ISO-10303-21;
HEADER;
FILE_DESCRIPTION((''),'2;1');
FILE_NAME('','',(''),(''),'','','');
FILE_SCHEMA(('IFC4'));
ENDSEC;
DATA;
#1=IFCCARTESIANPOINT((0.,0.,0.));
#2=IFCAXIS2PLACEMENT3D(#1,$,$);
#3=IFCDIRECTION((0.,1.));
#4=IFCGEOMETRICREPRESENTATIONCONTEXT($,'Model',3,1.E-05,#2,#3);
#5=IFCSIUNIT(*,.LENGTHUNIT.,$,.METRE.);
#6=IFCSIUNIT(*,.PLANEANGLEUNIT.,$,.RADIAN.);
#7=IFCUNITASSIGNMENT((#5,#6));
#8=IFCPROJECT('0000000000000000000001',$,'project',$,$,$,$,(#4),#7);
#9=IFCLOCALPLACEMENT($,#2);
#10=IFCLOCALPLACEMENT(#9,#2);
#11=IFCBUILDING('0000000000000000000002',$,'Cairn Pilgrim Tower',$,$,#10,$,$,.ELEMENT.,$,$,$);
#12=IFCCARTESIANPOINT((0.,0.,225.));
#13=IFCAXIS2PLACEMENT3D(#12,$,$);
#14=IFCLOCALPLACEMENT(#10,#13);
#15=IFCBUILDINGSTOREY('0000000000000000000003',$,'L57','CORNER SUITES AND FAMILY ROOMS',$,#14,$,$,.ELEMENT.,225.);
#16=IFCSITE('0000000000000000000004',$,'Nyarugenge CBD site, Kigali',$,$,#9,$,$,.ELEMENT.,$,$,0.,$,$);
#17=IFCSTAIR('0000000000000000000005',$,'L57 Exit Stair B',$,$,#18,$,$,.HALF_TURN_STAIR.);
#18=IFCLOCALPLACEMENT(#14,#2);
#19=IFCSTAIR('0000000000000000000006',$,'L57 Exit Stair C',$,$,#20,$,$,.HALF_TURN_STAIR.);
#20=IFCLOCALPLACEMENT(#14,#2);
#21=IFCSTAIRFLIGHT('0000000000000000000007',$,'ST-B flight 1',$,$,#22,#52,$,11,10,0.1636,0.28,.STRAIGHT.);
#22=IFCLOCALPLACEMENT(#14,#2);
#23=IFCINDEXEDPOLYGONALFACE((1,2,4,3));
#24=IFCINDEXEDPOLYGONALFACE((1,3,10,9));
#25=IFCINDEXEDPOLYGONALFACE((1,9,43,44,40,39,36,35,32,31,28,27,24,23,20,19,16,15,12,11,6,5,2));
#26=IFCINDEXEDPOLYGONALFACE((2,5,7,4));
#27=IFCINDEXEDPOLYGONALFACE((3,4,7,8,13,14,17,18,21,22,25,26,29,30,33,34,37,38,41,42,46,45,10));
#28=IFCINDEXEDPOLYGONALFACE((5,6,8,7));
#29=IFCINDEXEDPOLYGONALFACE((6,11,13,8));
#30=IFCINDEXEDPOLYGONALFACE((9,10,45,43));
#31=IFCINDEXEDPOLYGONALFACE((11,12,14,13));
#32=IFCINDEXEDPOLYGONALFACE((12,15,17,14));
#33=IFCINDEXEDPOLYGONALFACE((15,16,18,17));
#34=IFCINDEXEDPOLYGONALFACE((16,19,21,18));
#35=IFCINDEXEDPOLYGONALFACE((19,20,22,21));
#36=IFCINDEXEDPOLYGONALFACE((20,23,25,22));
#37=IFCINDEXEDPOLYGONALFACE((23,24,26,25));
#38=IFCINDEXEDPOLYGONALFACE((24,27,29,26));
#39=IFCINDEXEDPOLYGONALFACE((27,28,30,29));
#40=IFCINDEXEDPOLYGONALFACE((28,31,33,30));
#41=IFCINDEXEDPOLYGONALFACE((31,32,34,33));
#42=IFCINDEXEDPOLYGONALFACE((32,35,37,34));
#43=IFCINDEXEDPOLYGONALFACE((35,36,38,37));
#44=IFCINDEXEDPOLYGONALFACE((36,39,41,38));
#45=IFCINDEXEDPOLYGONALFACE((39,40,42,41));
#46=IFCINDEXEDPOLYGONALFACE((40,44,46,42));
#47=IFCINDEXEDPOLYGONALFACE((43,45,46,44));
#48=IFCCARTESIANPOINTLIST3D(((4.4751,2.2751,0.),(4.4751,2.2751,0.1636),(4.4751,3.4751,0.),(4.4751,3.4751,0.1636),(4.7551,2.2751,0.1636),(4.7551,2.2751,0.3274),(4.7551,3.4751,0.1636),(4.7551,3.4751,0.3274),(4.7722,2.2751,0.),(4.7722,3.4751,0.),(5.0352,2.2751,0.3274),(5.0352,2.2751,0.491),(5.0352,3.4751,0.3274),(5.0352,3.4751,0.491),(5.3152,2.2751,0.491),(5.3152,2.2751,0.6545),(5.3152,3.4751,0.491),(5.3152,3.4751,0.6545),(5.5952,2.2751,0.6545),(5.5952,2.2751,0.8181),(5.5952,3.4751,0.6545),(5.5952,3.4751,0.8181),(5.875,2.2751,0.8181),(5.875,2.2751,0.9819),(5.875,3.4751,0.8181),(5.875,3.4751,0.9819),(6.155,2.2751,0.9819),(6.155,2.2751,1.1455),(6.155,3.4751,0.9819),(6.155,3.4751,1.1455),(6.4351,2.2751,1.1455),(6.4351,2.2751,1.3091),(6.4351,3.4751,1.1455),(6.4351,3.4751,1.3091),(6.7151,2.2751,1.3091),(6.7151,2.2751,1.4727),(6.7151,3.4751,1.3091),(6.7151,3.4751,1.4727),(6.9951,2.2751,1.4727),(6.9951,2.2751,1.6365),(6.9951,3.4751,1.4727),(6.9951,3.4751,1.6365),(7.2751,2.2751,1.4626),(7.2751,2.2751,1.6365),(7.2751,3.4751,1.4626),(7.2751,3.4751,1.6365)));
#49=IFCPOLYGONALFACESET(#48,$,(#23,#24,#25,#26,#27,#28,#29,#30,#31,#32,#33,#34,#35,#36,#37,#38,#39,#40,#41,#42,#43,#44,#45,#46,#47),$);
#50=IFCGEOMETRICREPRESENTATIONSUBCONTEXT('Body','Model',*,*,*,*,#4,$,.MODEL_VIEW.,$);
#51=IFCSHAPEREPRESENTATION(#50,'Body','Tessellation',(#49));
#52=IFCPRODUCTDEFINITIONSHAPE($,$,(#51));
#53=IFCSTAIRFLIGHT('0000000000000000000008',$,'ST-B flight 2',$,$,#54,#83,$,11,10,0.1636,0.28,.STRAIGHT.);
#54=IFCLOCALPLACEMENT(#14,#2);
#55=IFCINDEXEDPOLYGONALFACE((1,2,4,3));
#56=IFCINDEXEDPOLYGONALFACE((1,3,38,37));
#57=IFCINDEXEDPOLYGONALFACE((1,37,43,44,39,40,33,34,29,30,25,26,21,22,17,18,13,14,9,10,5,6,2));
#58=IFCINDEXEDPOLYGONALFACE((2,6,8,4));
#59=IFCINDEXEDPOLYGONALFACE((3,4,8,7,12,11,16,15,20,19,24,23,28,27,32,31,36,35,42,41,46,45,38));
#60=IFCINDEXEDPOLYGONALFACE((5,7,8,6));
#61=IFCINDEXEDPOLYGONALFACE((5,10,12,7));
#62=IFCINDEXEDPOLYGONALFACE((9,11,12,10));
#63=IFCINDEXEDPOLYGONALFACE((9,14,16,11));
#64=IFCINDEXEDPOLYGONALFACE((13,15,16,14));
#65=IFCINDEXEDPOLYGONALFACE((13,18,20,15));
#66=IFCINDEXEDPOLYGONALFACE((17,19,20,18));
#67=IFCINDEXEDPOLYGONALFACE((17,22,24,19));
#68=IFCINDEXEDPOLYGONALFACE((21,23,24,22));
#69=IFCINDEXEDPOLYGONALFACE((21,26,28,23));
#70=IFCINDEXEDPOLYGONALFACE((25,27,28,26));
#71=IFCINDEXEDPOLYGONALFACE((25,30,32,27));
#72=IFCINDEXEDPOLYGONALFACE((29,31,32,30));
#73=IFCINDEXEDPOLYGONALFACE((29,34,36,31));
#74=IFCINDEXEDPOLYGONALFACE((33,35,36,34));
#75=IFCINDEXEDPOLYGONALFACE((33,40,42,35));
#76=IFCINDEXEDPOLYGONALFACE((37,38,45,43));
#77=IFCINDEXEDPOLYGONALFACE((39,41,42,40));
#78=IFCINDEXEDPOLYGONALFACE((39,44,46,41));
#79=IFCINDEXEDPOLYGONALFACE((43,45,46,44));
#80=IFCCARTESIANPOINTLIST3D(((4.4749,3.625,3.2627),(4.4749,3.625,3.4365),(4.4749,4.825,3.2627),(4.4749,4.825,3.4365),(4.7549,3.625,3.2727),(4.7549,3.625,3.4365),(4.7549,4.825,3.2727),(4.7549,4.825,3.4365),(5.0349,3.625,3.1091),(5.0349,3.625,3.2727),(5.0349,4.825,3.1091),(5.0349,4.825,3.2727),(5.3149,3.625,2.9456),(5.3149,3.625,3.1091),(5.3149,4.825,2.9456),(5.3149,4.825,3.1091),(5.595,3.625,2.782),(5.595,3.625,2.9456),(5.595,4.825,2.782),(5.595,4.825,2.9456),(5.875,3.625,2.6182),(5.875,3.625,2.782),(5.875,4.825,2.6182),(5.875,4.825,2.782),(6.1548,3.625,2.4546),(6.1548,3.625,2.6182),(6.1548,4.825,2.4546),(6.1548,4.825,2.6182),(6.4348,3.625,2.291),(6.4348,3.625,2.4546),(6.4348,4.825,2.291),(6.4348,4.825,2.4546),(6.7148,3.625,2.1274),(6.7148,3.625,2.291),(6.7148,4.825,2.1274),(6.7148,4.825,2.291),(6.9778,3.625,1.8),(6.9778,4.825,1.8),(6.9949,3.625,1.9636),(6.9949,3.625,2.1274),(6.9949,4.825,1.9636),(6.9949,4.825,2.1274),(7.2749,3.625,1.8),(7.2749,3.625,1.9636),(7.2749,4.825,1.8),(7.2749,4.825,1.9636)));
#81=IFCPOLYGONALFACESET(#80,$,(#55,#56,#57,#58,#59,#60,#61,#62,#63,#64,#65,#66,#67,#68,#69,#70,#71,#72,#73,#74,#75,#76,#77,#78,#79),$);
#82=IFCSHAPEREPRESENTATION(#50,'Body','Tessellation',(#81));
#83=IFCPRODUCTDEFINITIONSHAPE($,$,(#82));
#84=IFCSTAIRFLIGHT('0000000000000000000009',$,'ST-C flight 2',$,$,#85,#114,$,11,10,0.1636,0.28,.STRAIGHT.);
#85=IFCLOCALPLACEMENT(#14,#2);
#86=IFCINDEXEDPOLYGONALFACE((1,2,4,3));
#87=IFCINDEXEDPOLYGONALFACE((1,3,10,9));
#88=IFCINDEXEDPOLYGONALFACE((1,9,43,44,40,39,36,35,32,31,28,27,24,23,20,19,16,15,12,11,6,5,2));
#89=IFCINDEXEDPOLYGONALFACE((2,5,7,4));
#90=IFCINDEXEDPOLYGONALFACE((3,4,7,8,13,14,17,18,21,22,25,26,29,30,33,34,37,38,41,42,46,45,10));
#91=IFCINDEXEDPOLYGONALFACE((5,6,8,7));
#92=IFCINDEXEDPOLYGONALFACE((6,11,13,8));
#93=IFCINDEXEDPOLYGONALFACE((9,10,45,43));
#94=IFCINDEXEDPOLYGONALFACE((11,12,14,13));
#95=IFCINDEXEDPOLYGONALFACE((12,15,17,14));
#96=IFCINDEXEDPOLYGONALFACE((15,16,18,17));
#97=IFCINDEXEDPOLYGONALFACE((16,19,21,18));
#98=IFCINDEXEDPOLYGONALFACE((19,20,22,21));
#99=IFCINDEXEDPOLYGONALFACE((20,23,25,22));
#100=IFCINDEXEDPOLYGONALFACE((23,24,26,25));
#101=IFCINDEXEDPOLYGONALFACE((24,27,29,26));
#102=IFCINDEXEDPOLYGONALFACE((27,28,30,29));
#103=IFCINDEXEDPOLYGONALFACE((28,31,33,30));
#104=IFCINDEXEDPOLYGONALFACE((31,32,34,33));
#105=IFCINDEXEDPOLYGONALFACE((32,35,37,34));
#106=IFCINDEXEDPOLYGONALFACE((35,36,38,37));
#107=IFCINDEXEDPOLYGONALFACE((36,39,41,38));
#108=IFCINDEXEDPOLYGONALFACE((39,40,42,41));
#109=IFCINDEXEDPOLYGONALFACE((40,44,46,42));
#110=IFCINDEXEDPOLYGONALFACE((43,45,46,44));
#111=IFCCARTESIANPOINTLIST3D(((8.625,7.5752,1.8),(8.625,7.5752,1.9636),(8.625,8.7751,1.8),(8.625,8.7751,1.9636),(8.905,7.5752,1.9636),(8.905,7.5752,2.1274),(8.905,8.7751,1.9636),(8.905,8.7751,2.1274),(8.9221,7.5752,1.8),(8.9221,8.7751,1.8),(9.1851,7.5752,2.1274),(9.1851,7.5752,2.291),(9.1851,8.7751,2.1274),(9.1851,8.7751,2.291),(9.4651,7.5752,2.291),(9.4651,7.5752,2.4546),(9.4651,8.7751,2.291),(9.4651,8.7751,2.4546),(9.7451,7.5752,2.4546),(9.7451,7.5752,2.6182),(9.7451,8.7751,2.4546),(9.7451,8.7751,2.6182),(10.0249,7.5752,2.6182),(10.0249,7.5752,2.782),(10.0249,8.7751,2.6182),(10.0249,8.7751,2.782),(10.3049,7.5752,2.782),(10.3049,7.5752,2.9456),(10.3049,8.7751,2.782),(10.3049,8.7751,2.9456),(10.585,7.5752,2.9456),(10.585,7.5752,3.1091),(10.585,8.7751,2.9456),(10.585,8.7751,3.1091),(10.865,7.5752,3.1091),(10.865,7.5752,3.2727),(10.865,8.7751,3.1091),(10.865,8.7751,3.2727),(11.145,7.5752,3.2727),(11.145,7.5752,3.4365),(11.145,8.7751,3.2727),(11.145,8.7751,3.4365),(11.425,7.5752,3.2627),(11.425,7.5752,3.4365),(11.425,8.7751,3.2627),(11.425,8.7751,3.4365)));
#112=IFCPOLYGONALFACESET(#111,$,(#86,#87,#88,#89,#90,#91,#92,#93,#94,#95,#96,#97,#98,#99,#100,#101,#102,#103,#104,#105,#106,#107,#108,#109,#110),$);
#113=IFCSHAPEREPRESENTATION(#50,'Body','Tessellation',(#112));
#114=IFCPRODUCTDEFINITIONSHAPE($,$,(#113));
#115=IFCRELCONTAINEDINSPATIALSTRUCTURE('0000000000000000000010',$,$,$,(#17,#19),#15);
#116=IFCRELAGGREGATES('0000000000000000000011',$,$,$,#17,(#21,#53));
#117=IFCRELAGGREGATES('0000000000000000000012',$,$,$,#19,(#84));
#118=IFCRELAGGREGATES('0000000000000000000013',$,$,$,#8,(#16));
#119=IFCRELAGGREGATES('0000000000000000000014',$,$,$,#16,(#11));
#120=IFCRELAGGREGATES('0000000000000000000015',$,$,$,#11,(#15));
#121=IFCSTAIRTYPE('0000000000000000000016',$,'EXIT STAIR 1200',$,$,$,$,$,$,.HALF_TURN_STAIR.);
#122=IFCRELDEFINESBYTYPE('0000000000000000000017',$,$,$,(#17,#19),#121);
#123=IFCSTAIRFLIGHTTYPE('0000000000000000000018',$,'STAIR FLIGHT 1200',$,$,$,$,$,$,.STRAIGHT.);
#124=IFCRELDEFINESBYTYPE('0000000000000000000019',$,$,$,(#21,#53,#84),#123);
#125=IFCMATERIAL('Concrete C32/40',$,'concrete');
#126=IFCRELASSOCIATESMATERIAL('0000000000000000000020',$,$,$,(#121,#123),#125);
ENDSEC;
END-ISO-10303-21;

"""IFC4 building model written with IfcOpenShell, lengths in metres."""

from ifc_helpers import new_model, si_unit, direction, frame, origin, place, context, subcontext, project, spatial, polyline, outline, extrude, material, type_object, element, aggregate, save


model = new_model("IFC4")

# Units and contexts
model_context = context("Model", 3, precision=1e-05, world=origin(), true_north=direction((0.0, 1.0)))
body_context = subcontext(model_context, "Body", "Model", "MODEL_VIEW")
ifc_project = project(units=[si_unit("LENGTHUNIT", "METRE"), si_unit("PLANEANGLEUNIT", "RADIAN")], contexts=[model_context])

# Site, building, storey
site_placement = place(None, origin())
site = spatial("IfcSite", under=ifc_project, at=site_placement, Name="Nyarugenge CBD site, Kigali", CompositionType="ELEMENT", RefElevation=0.0)
building_placement = place(site_placement, origin())
building = spatial("IfcBuilding", under=site, at=building_placement, Name="Cairn Pilgrim Tower", CompositionType="ELEMENT")
storey_placement = place(building_placement, frame((0.0, 0.0, 225.0)))
storey = spatial("IfcBuildingStorey", under=building, at=storey_placement, Name="L57", Description="CORNER SUITES AND FAMILY ROOMS", CompositionType="ELEMENT", Elevation=225.0)

# Stairs
ifc_material_1 = material(Name="Concrete C32/40", Category="concrete")
stair_type = type_object("IfcStairType", Name="EXIT STAIR 1200", PredefinedType="HALF_TURN_STAIR", material=ifc_material_1)
stair_1_placement = place(storey_placement, origin())
stair_1 = element("IfcStair", 1, at=stair_1_placement, inside=storey, type_object=stair_type, Name="L57 Exit Stair B", PredefinedType="HALF_TURN_STAIR")
stair_2_placement = place(storey_placement, origin())
stair_2 = element("IfcStair", 2, at=stair_2_placement, inside=storey, type_object=stair_type, Name="L57 Exit Stair C", PredefinedType="HALF_TURN_STAIR")

# Stair flights
stair_flight_type = type_object("IfcStairFlightType", Name="STAIR FLIGHT 1200", PredefinedType="STRAIGHT", material=ifc_material_1)
stair_flight_1_placement = place(storey_placement, frame((4.4751, 2.875, 0.0), z_axis=(0.0, 0.0, 1.0), x_axis=(1.0, 0.0, 0.0)))
stair_flight_1 = element("IfcStairFlight", 3, at=stair_flight_1_placement, type_object=stair_flight_type, Name="ST-B flight 1", NumberOfRisers=11, NumberOfTreads=10, PredefinedType="STRAIGHT", RiserHeight=0.1636, TreadLength=0.28, context=body_context, shape_type="SweptSolid", body=[
    extrude(outline(polyline([(0.0, 0.0), (0.0, 0.1636), (0.28, 0.1636), (0.28, 0.3274), (0.5601, 0.3274), (0.5601, 0.491), (0.8401, 0.491), (0.8401, 0.6545), (1.1201, 0.6545), (1.1201, 0.8181), (1.3999, 0.8181), (1.3999, 0.9819), (1.6799, 0.9819), (1.6799, 1.1455), (1.96, 1.1455), (1.96, 1.3091), (2.24, 1.3091), (2.24, 1.4727), (2.52, 1.4727), (2.52, 1.6365), (2.8, 1.6365), (2.8, 1.8), (2.8, 1.4626), (0.2971, 0.0), (0.0, 0.0)])), frame((0.0, 0.6001, 0.0), z_axis=(0.0, -1.0, 0.0), x_axis=(1.0, 0.0, 0.0)), (0.0, 0.0, 1.0), 1.2),
])
stair_flight_2_placement = place(storey_placement, frame((7.2749, 4.2251, 1.8), z_axis=(0.0, 0.0, 1.0), x_axis=(-1.0, 0.0, 0.0)))
stair_flight_2 = element("IfcStairFlight", 4, at=stair_flight_2_placement, type_object=stair_flight_type, Name="ST-B flight 2", NumberOfRisers=11, NumberOfTreads=10, PredefinedType="STRAIGHT", RiserHeight=0.1636, TreadLength=0.28, context=body_context, shape_type="SweptSolid", body=[
    extrude(outline(polyline([(0.0, 0.0), (0.0, 0.1636), (0.28, 0.1636), (0.28, 0.3274), (0.5601, 0.3274), (0.5601, 0.491), (0.8401, 0.491), (0.8401, 0.6545), (1.1201, 0.6545), (1.1201, 0.8181), (1.3999, 0.8181), (1.3999, 0.9819), (1.6799, 0.9819), (1.6799, 1.1455), (1.96, 1.1455), (1.96, 1.3091), (2.24, 1.3091), (2.24, 1.4727), (2.52, 1.4727), (2.52, 1.6365), (2.8, 1.6365), (2.8, 1.8), (2.8, 1.4626), (0.2971, 0.0), (0.0, 0.0)])), frame((0.0, 0.6001, 0.0), z_axis=(0.0, -1.0, 0.0), x_axis=(1.0, 0.0, 0.0)), (0.0, 0.0, 1.0), 1.2),
])
aggregate(stair_1, [stair_flight_1, stair_flight_2])
stair_flight_3_placement = place(storey_placement, frame((8.625, 8.175, 1.8), z_axis=(0.0, 0.0, 1.0), x_axis=(1.0, 0.0, 0.0)))
stair_flight_3 = element("IfcStairFlight", 5, at=stair_flight_3_placement, type_object=stair_flight_type, Name="ST-C flight 2", NumberOfRisers=11, NumberOfTreads=10, PredefinedType="STRAIGHT", RiserHeight=0.1636, TreadLength=0.28, context=body_context, shape_type="SweptSolid", body=[
    extrude(outline(polyline([(0.0, 0.0), (0.0, 0.1636), (0.28, 0.1636), (0.28, 0.3274), (0.5601, 0.3274), (0.5601, 0.491), (0.8401, 0.491), (0.8401, 0.6545), (1.1201, 0.6545), (1.1201, 0.8181), (1.3999, 0.8181), (1.3999, 0.9819), (1.6799, 0.9819), (1.6799, 1.1455), (1.96, 1.1455), (1.96, 1.3091), (2.24, 1.3091), (2.24, 1.4727), (2.52, 1.4727), (2.52, 1.6365), (2.8, 1.6365), (2.8, 1.8), (2.8, 1.4626), (0.2971, 0.0), (0.0, 0.0)])), frame((0.0, 0.6001, 0.0), z_axis=(0.0, -1.0, 0.0), x_axis=(1.0, 0.0, 0.0)), (0.0, 0.0, 1.0), 1.2),
])
aggregate(stair_2, [stair_flight_3])

save(model, "model.ifc")
